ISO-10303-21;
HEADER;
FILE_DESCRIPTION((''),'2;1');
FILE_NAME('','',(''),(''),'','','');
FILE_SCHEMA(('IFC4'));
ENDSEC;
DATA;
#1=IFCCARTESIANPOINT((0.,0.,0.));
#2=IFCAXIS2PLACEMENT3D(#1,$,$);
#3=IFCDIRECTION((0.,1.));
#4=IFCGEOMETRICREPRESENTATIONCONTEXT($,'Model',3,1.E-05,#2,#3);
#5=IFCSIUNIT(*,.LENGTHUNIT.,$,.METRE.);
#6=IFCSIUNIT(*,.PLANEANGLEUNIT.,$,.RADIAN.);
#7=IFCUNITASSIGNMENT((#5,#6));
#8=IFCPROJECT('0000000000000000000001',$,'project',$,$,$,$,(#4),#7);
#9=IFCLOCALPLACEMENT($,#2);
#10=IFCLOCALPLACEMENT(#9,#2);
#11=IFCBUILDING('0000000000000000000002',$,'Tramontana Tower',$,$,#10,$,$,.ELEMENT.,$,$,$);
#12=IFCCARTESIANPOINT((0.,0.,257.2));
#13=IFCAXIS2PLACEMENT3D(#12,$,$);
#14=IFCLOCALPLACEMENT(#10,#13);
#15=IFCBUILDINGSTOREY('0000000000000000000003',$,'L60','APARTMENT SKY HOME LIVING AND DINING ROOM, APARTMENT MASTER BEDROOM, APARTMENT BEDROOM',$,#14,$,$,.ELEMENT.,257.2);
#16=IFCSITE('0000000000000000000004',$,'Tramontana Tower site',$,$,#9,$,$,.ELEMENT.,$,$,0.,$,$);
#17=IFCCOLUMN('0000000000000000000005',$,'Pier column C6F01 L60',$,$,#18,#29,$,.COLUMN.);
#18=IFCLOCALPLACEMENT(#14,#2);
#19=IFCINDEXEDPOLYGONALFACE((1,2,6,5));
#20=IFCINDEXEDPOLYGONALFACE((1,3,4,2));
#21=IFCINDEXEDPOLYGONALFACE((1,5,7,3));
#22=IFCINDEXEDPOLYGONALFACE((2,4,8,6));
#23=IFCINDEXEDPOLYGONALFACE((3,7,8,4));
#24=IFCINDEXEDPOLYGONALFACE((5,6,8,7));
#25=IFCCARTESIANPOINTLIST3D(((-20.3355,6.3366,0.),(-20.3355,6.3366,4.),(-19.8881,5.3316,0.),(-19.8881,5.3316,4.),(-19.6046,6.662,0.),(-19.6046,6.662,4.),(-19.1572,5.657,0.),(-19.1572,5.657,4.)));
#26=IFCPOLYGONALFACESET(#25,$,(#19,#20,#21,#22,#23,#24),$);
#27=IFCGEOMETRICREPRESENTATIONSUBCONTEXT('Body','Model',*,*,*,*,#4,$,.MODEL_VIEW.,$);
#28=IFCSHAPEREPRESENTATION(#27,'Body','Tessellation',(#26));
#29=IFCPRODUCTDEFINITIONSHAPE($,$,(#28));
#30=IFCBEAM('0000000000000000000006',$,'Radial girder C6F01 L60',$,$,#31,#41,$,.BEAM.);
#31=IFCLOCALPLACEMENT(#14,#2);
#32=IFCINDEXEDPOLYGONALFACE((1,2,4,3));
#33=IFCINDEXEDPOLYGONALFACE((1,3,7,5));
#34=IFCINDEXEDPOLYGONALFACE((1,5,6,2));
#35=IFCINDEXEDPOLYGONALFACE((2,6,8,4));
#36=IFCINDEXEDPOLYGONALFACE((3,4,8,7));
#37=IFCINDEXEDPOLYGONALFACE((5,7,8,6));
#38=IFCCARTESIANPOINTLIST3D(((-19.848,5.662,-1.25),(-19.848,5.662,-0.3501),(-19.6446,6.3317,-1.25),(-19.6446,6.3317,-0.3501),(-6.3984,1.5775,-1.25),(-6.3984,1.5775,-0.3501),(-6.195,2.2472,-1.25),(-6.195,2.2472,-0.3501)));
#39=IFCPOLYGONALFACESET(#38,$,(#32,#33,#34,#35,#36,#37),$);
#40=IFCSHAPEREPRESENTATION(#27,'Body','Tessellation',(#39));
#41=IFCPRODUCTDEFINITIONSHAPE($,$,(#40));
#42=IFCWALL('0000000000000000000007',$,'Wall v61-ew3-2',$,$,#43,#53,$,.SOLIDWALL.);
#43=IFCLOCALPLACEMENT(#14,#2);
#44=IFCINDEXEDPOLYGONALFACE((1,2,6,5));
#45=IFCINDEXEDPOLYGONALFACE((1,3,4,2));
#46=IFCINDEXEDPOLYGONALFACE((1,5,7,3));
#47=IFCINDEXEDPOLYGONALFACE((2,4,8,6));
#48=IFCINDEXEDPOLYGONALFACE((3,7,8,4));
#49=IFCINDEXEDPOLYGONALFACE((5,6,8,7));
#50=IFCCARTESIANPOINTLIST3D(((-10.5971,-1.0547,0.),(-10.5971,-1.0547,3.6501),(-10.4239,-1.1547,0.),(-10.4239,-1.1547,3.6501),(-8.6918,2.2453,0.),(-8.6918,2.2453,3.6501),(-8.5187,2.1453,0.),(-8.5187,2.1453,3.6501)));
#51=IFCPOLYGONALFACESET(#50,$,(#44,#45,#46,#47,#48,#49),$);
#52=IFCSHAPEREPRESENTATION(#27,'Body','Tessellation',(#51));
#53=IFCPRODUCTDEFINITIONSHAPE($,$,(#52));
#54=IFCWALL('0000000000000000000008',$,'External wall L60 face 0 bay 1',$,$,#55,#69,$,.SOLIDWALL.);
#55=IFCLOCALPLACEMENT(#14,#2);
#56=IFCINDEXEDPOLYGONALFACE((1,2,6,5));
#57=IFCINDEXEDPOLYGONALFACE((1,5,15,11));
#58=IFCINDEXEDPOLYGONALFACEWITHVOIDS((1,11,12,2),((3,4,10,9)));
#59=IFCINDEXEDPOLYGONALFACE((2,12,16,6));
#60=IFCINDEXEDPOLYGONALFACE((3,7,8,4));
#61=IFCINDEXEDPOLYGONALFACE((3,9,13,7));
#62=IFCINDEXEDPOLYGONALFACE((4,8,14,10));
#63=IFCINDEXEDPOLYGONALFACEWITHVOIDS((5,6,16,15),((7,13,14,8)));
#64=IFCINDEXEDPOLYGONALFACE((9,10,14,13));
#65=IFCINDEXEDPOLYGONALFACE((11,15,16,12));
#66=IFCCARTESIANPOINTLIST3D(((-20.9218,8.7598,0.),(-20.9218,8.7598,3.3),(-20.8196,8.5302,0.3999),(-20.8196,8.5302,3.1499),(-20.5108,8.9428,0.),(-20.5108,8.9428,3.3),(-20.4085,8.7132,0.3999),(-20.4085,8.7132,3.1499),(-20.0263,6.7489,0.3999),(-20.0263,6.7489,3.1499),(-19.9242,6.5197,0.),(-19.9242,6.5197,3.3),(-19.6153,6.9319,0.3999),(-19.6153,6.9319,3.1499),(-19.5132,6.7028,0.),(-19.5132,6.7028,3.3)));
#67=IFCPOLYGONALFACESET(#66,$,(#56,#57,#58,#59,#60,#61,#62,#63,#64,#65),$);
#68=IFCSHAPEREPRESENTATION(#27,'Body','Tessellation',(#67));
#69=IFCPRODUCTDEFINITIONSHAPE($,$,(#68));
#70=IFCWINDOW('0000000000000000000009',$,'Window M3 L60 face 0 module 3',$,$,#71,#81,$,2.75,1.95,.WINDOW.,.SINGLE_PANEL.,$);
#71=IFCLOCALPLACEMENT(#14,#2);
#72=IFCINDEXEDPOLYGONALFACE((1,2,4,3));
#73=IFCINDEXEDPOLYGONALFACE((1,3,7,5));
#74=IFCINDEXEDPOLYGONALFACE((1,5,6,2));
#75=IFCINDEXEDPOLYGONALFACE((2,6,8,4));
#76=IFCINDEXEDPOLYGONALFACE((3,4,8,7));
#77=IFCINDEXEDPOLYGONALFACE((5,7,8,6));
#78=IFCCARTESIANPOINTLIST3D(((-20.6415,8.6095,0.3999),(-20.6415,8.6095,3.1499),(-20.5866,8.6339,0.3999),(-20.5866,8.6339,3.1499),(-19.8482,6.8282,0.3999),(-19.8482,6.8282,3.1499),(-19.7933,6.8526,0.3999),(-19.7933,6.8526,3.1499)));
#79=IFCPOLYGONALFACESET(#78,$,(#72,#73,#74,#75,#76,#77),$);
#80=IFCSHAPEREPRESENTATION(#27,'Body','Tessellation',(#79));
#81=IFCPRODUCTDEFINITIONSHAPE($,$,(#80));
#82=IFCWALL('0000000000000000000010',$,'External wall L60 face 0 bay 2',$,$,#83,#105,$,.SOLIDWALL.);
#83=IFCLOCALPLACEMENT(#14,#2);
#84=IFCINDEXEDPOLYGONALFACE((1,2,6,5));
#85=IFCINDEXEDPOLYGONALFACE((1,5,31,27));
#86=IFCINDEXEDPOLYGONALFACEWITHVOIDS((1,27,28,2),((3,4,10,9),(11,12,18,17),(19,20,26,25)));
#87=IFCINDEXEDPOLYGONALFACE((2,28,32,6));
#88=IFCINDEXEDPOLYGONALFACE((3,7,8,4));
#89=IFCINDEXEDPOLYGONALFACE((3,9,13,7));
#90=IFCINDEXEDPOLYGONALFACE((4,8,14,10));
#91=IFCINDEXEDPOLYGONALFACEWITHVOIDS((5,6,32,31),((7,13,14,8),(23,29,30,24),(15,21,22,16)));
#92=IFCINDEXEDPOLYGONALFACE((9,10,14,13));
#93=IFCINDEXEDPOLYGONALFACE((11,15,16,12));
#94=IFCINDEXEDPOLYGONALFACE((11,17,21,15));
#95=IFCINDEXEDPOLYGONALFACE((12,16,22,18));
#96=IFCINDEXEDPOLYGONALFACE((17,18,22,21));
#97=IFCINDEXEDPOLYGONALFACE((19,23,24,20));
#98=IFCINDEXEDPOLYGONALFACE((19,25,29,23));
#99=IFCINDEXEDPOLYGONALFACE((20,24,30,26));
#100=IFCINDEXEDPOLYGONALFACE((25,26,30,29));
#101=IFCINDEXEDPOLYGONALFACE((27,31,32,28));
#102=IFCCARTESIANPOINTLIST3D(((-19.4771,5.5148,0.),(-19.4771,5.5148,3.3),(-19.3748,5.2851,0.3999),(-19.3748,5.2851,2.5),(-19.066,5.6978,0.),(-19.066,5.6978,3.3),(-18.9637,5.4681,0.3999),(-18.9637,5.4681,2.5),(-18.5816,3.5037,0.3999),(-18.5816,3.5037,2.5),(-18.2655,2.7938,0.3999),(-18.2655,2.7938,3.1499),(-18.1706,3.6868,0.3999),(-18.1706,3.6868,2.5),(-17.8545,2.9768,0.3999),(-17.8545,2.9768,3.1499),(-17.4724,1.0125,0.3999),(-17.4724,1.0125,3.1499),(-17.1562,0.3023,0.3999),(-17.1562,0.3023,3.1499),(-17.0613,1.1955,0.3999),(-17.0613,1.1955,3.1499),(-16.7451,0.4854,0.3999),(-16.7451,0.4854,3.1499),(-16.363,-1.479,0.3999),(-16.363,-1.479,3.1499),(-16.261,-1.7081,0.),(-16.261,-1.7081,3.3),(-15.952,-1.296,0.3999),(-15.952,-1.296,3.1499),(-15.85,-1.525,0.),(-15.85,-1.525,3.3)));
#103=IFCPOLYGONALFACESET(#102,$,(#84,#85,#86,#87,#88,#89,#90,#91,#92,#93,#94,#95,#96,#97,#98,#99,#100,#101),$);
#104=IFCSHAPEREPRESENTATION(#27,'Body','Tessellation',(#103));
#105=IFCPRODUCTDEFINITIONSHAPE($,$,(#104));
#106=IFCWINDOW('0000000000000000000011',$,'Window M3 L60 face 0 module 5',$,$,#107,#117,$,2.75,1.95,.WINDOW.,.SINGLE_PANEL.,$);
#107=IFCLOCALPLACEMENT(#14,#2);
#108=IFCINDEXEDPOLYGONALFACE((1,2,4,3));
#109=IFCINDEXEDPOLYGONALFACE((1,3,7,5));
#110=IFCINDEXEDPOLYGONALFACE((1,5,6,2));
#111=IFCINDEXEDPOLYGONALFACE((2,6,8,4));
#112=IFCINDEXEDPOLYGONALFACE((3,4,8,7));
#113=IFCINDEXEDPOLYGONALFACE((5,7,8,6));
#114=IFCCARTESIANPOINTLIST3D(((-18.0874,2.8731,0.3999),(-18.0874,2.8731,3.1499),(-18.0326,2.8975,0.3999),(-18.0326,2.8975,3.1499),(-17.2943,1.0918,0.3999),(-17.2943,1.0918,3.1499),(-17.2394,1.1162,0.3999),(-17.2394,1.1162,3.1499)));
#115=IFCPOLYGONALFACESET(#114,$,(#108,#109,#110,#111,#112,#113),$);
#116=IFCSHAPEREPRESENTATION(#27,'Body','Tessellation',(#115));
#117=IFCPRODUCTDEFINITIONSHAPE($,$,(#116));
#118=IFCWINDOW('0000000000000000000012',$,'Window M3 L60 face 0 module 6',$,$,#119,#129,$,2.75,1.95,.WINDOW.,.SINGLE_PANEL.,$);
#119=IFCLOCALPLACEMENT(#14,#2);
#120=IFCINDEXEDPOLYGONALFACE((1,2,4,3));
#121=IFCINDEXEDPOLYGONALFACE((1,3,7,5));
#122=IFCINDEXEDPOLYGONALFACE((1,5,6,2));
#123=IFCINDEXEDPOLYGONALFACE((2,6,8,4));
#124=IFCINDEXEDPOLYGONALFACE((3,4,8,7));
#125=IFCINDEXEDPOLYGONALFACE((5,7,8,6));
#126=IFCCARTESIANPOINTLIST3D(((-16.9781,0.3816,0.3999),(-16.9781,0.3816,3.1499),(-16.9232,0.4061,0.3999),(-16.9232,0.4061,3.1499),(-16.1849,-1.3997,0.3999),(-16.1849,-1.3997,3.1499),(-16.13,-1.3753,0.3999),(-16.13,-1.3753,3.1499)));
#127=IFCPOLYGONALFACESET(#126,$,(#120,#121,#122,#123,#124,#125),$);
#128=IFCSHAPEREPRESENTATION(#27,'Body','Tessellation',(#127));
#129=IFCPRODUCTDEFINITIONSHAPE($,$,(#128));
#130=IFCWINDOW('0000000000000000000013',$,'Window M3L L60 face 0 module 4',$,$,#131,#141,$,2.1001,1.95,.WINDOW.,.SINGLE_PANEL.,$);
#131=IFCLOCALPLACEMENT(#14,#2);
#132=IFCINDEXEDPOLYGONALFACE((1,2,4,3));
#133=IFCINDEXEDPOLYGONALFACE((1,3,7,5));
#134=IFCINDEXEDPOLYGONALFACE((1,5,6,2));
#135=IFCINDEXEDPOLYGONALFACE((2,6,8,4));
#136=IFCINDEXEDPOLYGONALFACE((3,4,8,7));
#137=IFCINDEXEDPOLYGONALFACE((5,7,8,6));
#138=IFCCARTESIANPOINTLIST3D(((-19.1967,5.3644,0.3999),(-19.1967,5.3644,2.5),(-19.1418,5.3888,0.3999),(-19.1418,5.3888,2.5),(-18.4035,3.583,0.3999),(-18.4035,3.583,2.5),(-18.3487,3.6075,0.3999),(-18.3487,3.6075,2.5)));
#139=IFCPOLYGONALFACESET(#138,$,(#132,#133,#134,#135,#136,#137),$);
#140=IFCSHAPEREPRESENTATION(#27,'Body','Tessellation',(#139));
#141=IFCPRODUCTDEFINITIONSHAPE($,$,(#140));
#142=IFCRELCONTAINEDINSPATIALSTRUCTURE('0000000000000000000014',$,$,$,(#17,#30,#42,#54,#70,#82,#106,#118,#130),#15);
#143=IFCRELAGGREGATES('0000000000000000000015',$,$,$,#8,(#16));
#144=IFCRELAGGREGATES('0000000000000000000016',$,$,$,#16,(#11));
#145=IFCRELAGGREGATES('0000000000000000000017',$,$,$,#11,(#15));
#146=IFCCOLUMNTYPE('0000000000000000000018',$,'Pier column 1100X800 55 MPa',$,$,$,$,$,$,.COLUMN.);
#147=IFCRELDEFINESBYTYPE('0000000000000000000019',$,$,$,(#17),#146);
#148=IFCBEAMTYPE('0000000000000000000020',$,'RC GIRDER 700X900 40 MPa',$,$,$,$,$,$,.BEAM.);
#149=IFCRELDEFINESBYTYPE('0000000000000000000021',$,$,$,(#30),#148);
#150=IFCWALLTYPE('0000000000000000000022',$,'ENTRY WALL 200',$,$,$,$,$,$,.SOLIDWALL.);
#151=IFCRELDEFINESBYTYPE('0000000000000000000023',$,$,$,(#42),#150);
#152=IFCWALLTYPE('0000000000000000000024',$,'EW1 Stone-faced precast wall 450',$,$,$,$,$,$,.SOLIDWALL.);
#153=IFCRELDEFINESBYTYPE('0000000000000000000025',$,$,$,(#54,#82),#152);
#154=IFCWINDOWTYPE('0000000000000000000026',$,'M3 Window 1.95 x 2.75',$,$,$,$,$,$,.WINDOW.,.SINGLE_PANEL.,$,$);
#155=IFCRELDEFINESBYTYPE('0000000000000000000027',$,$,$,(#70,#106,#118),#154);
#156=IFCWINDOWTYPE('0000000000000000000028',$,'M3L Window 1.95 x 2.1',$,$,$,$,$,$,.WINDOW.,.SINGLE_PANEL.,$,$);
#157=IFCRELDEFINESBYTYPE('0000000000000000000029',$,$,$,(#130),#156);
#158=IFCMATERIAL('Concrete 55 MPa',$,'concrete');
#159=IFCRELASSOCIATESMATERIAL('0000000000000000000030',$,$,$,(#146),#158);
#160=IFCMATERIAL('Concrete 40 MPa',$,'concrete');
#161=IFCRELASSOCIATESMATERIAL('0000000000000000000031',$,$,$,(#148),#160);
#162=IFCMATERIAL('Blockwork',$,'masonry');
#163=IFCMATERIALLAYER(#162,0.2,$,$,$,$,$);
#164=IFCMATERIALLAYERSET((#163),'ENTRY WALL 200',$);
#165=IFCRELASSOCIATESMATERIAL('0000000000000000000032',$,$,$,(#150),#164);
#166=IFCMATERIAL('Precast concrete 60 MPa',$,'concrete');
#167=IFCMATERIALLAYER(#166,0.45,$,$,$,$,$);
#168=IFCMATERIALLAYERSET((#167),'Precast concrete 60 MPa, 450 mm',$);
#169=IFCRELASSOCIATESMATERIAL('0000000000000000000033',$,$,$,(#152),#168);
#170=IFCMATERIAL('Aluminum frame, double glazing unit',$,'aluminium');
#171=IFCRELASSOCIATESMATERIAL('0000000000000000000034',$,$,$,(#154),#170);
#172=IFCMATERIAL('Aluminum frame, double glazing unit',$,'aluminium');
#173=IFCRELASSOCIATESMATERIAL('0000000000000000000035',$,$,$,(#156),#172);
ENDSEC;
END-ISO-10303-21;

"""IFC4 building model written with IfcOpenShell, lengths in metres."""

from ifc_helpers import new_model, si_unit, direction, frame, frame_2d, origin, origin_2d, place, context, subcontext, project, spatial, rectangle, extrude, material, layer, layer_set, material_profile, profile_set, type_object, element, fill, save


model = new_model("IFC4")

# Units and contexts
model_context = context("Model", 3, precision=1e-05, world=origin(), true_north=direction((0.0, 1.0)))
body_context = subcontext(model_context, "Body", "Model", "MODEL_VIEW")
ifc_project = project(units=[si_unit("LENGTHUNIT", "METRE"), si_unit("PLANEANGLEUNIT", "RADIAN")], contexts=[model_context])

# Site, building, storey
site_placement = place(None, origin())
site = spatial("IfcSite", under=ifc_project, at=site_placement, Name="Tramontana Tower site", CompositionType="ELEMENT", RefElevation=0.0)
building_placement = place(site_placement, origin())
building = spatial("IfcBuilding", under=site, at=building_placement, Name="Tramontana Tower", CompositionType="ELEMENT")
storey_placement = place(building_placement, frame((0.0, 0.0, 257.2)))
storey = spatial("IfcBuildingStorey", under=building, at=storey_placement, Name="L60", Description="APARTMENT SKY HOME LIVING AND DINING ROOM, APARTMENT MASTER BEDROOM, APARTMENT BEDROOM", CompositionType="ELEMENT", Elevation=257.2)

# Column
ifc_material_1 = material(Name="Concrete 55 MPa", Category="concrete")
ifc_material_profile_1 = material_profile(ifc_material_1, rectangle(XDim=1.1001, YDim=0.8, at=origin_2d()), Name="Pier column 1100X800 55 MPa")
ifc_profile_set_1 = profile_set([ifc_material_profile_1], Name="Concrete 55 MPa")
column_type = type_object("IfcColumnType", Name="Pier column 1100X800 55 MPa", PredefinedType="COLUMN", material=ifc_profile_set_1)
column_placement = place(storey_placement, frame((-19.7463, 5.9968, 0.0), z_axis=(0.0, 0.0, 1.0), x_axis=(0.406737, -0.913545, 0.0)))
element("IfcColumn", 1, at=column_placement, inside=storey, type_object=column_type, Name="Pier column C6F01 L60", PredefinedType="COLUMN", context=body_context, shape_type="SweptSolid", body=[
    extrude(rectangle(XDim=1.1001, YDim=0.8, at=origin_2d()), origin(), (0.0, 0.0, 1.0), 4.0),
])

# Beam
ifc_material_2 = material(Name="Concrete 40 MPa", Category="concrete")
ifc_material_profile_2 = material_profile(ifc_material_2, rectangle(XDim=0.7, YDim=0.8999, at=origin_2d()), Name="RC GIRDER 700X900 40 MPa")
ifc_profile_set_2 = profile_set([ifc_material_profile_2], Name="Concrete 40 MPa")
beam_type = type_object("IfcBeamType", Name="RC GIRDER 700X900 40 MPa", PredefinedType="BEAM", material=ifc_profile_set_2)
beam_placement = place(storey_placement, frame((-19.7463, 5.9968, -0.8), z_axis=(0.95685, -0.290581, 0.0), x_axis=(0.290581, 0.95685, 0.0)))
element("IfcBeam", 2, at=beam_placement, inside=storey, type_object=beam_type, Name="Radial girder C6F01 L60", PredefinedType="BEAM", context=body_context, shape_type="SweptSolid", body=[
    extrude(rectangle(XDim=0.7, YDim=0.8999, at=origin_2d()), origin(), (0.0, 0.0, 1.0), 14.0562),
])

# Wall
ifc_material_3 = material(Name="Blockwork", Category="masonry")
ifc_layer_1 = layer(ifc_material_3, 0.2)
ifc_layer_set_1 = layer_set([ifc_layer_1], Name="ENTRY WALL 200")
wall_type_1 = type_object("IfcWallType", Name="ENTRY WALL 200", PredefinedType="SOLIDWALL", material=ifc_layer_set_1)
wall_1_placement = place(storey_placement, frame((-10.5105, -1.1047, 0.0), z_axis=(0.0, 0.0, 1.0), x_axis=(0.499998, 0.866027, 0.0)))
element("IfcWall", 3, at=wall_1_placement, inside=storey, type_object=wall_type_1, Name="Wall v61-ew3-2", PredefinedType="SOLIDWALL", context=body_context, shape_type="SweptSolid", body=[
    extrude(rectangle(XDim=3.8105, YDim=0.2, at=frame_2d((1.9053, 0.0))), origin(), (0.0, 0.0, 1.0), 3.6501),
])

# Wall, opening, window
ifc_material_4 = material(Name="Precast concrete 60 MPa", Category="concrete")
ifc_layer_2 = layer(ifc_material_4, 0.45)
ifc_layer_set_2 = layer_set([ifc_layer_2], Name="Precast concrete 60 MPa, 450 mm")
wall_type_2 = type_object("IfcWallType", Name="EW1 Stone-faced precast wall 450", PredefinedType="SOLIDWALL", material=ifc_layer_set_2)
wall_2_placement = place(storey_placement, frame((-20.7163, 8.8513, 0.0), z_axis=(0.0, 0.0, 1.0), x_axis=(0.406822, -0.913507, 0.0)))
wall_2 = element("IfcWall", 4, at=wall_2_placement, inside=storey, type_object=wall_type_2, Name="External wall L60 face 0 bay 1", PredefinedType="SOLIDWALL", context=body_context, shape_type="SweptSolid", body=[
    extrude(rectangle(XDim=2.4521, YDim=0.45, at=frame_2d((1.2261, 0.0))), origin(), (0.0, 0.0, 1.0), 3.3),
])
opening_1_placement = place(wall_2_placement, frame((0.2512, 0.0, 0.3999)))
opening_1 = element("IfcOpeningElement", 5, at=opening_1_placement, cuts=wall_2, PredefinedType="OPENING", context=body_context, shape_type="SweptSolid", body=[
    extrude(rectangle(XDim=1.95, YDim=2.75, at=frame_2d((0.9751, 1.375))), frame((0.0, 0.2349, 0.0), z_axis=(0.0, -1.0, 0.0), x_axis=(1.0, 0.0, 0.0)), (0.0, 0.0, 1.0), 0.47),
])
ifc_material_5 = material(Name="Aluminum frame, double glazing unit", Category="aluminium")
window_type_1 = type_object("IfcWindowType", Name="M3 Window 1.95 x 2.75", PartitioningType="SINGLE_PANEL", PredefinedType="WINDOW", material=ifc_material_5)
window_1_placement = place(opening_1_placement, origin())
window_1 = element("IfcWindow", 6, at=window_1_placement, inside=storey, type_object=window_type_1, Name="Window M3 L60 face 0 module 3", OverallHeight=2.75, OverallWidth=1.95, PartitioningType="SINGLE_PANEL", PredefinedType="WINDOW", context=body_context, shape_type="SweptSolid", body=[
    extrude(rectangle(XDim=1.95, YDim=2.75, at=frame_2d((0.9751, 1.375))), frame((0.0, 0.03, 0.0), z_axis=(0.0, -1.0, 0.0), x_axis=(1.0, 0.0, 0.0)), (0.0, 0.0, 1.0), 0.0601),
])
fill(opening_1, window_1)

# Wall, openings, windows
wall_3_placement = place(storey_placement, frame((-19.2715, 5.6062, 0.0), z_axis=(0.0, 0.0, 1.0), x_axis=(0.40676, -0.913535, 0.0)))
wall_3 = element("IfcWall", 7, at=wall_3_placement, inside=storey, type_object=wall_type_2, Name="External wall L60 face 0 bay 2", PredefinedType="SOLIDWALL", context=body_context, shape_type="SweptSolid", body=[
    extrude(rectangle(XDim=7.9065, YDim=0.45, at=frame_2d((3.9531, 0.0))), origin(), (0.0, 0.0, 1.0), 3.3),
])
opening_2_placement = place(wall_3_placement, frame((0.2512, 0.0, 0.3999)))
opening_2 = element("IfcOpeningElement", 8, at=opening_2_placement, cuts=wall_3, PredefinedType="OPENING", context=body_context, shape_type="SweptSolid", body=[
    extrude(rectangle(XDim=1.95, YDim=2.1001, at=frame_2d((0.9751, 1.05))), frame((0.0, 0.2349, 0.0), z_axis=(0.0, -1.0, 0.0), x_axis=(1.0, 0.0, 0.0)), (0.0, 0.0, 1.0), 0.47),
])
opening_3_placement = place(wall_3_placement, frame((2.9783, 0.0, 0.3999)))
opening_3 = element("IfcOpeningElement", 9, at=opening_3_placement, cuts=wall_3, PredefinedType="OPENING", context=body_context, shape_type="SweptSolid", body=[
    extrude(rectangle(XDim=1.95, YDim=2.75, at=frame_2d((0.9751, 1.375))), frame((0.0, 0.2349, 0.0), z_axis=(0.0, -1.0, 0.0), x_axis=(1.0, 0.0, 0.0)), (0.0, 0.0, 1.0), 0.47),
])
opening_4_placement = place(wall_3_placement, frame((5.7056, 0.0, 0.3999)))
opening_4 = element("IfcOpeningElement", 10, at=opening_4_placement, cuts=wall_3, PredefinedType="OPENING", context=body_context, shape_type="SweptSolid", body=[
    extrude(rectangle(XDim=1.95, YDim=2.75, at=frame_2d((0.9751, 1.375))), frame((0.0, 0.2349, 0.0), z_axis=(0.0, -1.0, 0.0), x_axis=(1.0, 0.0, 0.0)), (0.0, 0.0, 1.0), 0.47),
])
window_2_placement = place(opening_3_placement, origin())
window_2 = element("IfcWindow", 11, at=window_2_placement, inside=storey, type_object=window_type_1, Name="Window M3 L60 face 0 module 5", OverallHeight=2.75, OverallWidth=1.95, PartitioningType="SINGLE_PANEL", PredefinedType="WINDOW", context=body_context, shape_type="SweptSolid", body=[
    extrude(rectangle(XDim=1.95, YDim=2.75, at=frame_2d((0.9751, 1.375))), frame((0.0, 0.03, 0.0), z_axis=(0.0, -1.0, 0.0), x_axis=(1.0, 0.0, 0.0)), (0.0, 0.0, 1.0), 0.0601),
])
fill(opening_3, window_2)
window_3_placement = place(opening_4_placement, origin())
window_3 = element("IfcWindow", 12, at=window_3_placement, inside=storey, type_object=window_type_1, Name="Window M3 L60 face 0 module 6", OverallHeight=2.75, OverallWidth=1.95, PartitioningType="SINGLE_PANEL", PredefinedType="WINDOW", context=body_context, shape_type="SweptSolid", body=[
    extrude(rectangle(XDim=1.95, YDim=2.75, at=frame_2d((0.9751, 1.375))), frame((0.0, 0.03, 0.0), z_axis=(0.0, -1.0, 0.0), x_axis=(1.0, 0.0, 0.0)), (0.0, 0.0, 1.0), 0.0601),
])
fill(opening_4, window_3)
ifc_material_6 = material(Name="Aluminum frame, double glazing unit", Category="aluminium")
window_type_2 = type_object("IfcWindowType", Name="M3L Window 1.95 x 2.1", PartitioningType="SINGLE_PANEL", PredefinedType="WINDOW", material=ifc_material_6)
window_4_placement = place(opening_2_placement, origin())
window_4 = element("IfcWindow", 13, at=window_4_placement, inside=storey, type_object=window_type_2, Name="Window M3L L60 face 0 module 4", OverallHeight=2.1001, OverallWidth=1.95, PartitioningType="SINGLE_PANEL", PredefinedType="WINDOW", context=body_context, shape_type="SweptSolid", body=[
    extrude(rectangle(XDim=1.95, YDim=2.1001, at=frame_2d((0.9751, 1.05))), frame((0.0, 0.03, 0.0), z_axis=(0.0, -1.0, 0.0), x_axis=(1.0, 0.0, 0.0)), (0.0, 0.0, 1.0), 0.0601),
])
fill(opening_2, window_4)

save(model, "model.ifc")
